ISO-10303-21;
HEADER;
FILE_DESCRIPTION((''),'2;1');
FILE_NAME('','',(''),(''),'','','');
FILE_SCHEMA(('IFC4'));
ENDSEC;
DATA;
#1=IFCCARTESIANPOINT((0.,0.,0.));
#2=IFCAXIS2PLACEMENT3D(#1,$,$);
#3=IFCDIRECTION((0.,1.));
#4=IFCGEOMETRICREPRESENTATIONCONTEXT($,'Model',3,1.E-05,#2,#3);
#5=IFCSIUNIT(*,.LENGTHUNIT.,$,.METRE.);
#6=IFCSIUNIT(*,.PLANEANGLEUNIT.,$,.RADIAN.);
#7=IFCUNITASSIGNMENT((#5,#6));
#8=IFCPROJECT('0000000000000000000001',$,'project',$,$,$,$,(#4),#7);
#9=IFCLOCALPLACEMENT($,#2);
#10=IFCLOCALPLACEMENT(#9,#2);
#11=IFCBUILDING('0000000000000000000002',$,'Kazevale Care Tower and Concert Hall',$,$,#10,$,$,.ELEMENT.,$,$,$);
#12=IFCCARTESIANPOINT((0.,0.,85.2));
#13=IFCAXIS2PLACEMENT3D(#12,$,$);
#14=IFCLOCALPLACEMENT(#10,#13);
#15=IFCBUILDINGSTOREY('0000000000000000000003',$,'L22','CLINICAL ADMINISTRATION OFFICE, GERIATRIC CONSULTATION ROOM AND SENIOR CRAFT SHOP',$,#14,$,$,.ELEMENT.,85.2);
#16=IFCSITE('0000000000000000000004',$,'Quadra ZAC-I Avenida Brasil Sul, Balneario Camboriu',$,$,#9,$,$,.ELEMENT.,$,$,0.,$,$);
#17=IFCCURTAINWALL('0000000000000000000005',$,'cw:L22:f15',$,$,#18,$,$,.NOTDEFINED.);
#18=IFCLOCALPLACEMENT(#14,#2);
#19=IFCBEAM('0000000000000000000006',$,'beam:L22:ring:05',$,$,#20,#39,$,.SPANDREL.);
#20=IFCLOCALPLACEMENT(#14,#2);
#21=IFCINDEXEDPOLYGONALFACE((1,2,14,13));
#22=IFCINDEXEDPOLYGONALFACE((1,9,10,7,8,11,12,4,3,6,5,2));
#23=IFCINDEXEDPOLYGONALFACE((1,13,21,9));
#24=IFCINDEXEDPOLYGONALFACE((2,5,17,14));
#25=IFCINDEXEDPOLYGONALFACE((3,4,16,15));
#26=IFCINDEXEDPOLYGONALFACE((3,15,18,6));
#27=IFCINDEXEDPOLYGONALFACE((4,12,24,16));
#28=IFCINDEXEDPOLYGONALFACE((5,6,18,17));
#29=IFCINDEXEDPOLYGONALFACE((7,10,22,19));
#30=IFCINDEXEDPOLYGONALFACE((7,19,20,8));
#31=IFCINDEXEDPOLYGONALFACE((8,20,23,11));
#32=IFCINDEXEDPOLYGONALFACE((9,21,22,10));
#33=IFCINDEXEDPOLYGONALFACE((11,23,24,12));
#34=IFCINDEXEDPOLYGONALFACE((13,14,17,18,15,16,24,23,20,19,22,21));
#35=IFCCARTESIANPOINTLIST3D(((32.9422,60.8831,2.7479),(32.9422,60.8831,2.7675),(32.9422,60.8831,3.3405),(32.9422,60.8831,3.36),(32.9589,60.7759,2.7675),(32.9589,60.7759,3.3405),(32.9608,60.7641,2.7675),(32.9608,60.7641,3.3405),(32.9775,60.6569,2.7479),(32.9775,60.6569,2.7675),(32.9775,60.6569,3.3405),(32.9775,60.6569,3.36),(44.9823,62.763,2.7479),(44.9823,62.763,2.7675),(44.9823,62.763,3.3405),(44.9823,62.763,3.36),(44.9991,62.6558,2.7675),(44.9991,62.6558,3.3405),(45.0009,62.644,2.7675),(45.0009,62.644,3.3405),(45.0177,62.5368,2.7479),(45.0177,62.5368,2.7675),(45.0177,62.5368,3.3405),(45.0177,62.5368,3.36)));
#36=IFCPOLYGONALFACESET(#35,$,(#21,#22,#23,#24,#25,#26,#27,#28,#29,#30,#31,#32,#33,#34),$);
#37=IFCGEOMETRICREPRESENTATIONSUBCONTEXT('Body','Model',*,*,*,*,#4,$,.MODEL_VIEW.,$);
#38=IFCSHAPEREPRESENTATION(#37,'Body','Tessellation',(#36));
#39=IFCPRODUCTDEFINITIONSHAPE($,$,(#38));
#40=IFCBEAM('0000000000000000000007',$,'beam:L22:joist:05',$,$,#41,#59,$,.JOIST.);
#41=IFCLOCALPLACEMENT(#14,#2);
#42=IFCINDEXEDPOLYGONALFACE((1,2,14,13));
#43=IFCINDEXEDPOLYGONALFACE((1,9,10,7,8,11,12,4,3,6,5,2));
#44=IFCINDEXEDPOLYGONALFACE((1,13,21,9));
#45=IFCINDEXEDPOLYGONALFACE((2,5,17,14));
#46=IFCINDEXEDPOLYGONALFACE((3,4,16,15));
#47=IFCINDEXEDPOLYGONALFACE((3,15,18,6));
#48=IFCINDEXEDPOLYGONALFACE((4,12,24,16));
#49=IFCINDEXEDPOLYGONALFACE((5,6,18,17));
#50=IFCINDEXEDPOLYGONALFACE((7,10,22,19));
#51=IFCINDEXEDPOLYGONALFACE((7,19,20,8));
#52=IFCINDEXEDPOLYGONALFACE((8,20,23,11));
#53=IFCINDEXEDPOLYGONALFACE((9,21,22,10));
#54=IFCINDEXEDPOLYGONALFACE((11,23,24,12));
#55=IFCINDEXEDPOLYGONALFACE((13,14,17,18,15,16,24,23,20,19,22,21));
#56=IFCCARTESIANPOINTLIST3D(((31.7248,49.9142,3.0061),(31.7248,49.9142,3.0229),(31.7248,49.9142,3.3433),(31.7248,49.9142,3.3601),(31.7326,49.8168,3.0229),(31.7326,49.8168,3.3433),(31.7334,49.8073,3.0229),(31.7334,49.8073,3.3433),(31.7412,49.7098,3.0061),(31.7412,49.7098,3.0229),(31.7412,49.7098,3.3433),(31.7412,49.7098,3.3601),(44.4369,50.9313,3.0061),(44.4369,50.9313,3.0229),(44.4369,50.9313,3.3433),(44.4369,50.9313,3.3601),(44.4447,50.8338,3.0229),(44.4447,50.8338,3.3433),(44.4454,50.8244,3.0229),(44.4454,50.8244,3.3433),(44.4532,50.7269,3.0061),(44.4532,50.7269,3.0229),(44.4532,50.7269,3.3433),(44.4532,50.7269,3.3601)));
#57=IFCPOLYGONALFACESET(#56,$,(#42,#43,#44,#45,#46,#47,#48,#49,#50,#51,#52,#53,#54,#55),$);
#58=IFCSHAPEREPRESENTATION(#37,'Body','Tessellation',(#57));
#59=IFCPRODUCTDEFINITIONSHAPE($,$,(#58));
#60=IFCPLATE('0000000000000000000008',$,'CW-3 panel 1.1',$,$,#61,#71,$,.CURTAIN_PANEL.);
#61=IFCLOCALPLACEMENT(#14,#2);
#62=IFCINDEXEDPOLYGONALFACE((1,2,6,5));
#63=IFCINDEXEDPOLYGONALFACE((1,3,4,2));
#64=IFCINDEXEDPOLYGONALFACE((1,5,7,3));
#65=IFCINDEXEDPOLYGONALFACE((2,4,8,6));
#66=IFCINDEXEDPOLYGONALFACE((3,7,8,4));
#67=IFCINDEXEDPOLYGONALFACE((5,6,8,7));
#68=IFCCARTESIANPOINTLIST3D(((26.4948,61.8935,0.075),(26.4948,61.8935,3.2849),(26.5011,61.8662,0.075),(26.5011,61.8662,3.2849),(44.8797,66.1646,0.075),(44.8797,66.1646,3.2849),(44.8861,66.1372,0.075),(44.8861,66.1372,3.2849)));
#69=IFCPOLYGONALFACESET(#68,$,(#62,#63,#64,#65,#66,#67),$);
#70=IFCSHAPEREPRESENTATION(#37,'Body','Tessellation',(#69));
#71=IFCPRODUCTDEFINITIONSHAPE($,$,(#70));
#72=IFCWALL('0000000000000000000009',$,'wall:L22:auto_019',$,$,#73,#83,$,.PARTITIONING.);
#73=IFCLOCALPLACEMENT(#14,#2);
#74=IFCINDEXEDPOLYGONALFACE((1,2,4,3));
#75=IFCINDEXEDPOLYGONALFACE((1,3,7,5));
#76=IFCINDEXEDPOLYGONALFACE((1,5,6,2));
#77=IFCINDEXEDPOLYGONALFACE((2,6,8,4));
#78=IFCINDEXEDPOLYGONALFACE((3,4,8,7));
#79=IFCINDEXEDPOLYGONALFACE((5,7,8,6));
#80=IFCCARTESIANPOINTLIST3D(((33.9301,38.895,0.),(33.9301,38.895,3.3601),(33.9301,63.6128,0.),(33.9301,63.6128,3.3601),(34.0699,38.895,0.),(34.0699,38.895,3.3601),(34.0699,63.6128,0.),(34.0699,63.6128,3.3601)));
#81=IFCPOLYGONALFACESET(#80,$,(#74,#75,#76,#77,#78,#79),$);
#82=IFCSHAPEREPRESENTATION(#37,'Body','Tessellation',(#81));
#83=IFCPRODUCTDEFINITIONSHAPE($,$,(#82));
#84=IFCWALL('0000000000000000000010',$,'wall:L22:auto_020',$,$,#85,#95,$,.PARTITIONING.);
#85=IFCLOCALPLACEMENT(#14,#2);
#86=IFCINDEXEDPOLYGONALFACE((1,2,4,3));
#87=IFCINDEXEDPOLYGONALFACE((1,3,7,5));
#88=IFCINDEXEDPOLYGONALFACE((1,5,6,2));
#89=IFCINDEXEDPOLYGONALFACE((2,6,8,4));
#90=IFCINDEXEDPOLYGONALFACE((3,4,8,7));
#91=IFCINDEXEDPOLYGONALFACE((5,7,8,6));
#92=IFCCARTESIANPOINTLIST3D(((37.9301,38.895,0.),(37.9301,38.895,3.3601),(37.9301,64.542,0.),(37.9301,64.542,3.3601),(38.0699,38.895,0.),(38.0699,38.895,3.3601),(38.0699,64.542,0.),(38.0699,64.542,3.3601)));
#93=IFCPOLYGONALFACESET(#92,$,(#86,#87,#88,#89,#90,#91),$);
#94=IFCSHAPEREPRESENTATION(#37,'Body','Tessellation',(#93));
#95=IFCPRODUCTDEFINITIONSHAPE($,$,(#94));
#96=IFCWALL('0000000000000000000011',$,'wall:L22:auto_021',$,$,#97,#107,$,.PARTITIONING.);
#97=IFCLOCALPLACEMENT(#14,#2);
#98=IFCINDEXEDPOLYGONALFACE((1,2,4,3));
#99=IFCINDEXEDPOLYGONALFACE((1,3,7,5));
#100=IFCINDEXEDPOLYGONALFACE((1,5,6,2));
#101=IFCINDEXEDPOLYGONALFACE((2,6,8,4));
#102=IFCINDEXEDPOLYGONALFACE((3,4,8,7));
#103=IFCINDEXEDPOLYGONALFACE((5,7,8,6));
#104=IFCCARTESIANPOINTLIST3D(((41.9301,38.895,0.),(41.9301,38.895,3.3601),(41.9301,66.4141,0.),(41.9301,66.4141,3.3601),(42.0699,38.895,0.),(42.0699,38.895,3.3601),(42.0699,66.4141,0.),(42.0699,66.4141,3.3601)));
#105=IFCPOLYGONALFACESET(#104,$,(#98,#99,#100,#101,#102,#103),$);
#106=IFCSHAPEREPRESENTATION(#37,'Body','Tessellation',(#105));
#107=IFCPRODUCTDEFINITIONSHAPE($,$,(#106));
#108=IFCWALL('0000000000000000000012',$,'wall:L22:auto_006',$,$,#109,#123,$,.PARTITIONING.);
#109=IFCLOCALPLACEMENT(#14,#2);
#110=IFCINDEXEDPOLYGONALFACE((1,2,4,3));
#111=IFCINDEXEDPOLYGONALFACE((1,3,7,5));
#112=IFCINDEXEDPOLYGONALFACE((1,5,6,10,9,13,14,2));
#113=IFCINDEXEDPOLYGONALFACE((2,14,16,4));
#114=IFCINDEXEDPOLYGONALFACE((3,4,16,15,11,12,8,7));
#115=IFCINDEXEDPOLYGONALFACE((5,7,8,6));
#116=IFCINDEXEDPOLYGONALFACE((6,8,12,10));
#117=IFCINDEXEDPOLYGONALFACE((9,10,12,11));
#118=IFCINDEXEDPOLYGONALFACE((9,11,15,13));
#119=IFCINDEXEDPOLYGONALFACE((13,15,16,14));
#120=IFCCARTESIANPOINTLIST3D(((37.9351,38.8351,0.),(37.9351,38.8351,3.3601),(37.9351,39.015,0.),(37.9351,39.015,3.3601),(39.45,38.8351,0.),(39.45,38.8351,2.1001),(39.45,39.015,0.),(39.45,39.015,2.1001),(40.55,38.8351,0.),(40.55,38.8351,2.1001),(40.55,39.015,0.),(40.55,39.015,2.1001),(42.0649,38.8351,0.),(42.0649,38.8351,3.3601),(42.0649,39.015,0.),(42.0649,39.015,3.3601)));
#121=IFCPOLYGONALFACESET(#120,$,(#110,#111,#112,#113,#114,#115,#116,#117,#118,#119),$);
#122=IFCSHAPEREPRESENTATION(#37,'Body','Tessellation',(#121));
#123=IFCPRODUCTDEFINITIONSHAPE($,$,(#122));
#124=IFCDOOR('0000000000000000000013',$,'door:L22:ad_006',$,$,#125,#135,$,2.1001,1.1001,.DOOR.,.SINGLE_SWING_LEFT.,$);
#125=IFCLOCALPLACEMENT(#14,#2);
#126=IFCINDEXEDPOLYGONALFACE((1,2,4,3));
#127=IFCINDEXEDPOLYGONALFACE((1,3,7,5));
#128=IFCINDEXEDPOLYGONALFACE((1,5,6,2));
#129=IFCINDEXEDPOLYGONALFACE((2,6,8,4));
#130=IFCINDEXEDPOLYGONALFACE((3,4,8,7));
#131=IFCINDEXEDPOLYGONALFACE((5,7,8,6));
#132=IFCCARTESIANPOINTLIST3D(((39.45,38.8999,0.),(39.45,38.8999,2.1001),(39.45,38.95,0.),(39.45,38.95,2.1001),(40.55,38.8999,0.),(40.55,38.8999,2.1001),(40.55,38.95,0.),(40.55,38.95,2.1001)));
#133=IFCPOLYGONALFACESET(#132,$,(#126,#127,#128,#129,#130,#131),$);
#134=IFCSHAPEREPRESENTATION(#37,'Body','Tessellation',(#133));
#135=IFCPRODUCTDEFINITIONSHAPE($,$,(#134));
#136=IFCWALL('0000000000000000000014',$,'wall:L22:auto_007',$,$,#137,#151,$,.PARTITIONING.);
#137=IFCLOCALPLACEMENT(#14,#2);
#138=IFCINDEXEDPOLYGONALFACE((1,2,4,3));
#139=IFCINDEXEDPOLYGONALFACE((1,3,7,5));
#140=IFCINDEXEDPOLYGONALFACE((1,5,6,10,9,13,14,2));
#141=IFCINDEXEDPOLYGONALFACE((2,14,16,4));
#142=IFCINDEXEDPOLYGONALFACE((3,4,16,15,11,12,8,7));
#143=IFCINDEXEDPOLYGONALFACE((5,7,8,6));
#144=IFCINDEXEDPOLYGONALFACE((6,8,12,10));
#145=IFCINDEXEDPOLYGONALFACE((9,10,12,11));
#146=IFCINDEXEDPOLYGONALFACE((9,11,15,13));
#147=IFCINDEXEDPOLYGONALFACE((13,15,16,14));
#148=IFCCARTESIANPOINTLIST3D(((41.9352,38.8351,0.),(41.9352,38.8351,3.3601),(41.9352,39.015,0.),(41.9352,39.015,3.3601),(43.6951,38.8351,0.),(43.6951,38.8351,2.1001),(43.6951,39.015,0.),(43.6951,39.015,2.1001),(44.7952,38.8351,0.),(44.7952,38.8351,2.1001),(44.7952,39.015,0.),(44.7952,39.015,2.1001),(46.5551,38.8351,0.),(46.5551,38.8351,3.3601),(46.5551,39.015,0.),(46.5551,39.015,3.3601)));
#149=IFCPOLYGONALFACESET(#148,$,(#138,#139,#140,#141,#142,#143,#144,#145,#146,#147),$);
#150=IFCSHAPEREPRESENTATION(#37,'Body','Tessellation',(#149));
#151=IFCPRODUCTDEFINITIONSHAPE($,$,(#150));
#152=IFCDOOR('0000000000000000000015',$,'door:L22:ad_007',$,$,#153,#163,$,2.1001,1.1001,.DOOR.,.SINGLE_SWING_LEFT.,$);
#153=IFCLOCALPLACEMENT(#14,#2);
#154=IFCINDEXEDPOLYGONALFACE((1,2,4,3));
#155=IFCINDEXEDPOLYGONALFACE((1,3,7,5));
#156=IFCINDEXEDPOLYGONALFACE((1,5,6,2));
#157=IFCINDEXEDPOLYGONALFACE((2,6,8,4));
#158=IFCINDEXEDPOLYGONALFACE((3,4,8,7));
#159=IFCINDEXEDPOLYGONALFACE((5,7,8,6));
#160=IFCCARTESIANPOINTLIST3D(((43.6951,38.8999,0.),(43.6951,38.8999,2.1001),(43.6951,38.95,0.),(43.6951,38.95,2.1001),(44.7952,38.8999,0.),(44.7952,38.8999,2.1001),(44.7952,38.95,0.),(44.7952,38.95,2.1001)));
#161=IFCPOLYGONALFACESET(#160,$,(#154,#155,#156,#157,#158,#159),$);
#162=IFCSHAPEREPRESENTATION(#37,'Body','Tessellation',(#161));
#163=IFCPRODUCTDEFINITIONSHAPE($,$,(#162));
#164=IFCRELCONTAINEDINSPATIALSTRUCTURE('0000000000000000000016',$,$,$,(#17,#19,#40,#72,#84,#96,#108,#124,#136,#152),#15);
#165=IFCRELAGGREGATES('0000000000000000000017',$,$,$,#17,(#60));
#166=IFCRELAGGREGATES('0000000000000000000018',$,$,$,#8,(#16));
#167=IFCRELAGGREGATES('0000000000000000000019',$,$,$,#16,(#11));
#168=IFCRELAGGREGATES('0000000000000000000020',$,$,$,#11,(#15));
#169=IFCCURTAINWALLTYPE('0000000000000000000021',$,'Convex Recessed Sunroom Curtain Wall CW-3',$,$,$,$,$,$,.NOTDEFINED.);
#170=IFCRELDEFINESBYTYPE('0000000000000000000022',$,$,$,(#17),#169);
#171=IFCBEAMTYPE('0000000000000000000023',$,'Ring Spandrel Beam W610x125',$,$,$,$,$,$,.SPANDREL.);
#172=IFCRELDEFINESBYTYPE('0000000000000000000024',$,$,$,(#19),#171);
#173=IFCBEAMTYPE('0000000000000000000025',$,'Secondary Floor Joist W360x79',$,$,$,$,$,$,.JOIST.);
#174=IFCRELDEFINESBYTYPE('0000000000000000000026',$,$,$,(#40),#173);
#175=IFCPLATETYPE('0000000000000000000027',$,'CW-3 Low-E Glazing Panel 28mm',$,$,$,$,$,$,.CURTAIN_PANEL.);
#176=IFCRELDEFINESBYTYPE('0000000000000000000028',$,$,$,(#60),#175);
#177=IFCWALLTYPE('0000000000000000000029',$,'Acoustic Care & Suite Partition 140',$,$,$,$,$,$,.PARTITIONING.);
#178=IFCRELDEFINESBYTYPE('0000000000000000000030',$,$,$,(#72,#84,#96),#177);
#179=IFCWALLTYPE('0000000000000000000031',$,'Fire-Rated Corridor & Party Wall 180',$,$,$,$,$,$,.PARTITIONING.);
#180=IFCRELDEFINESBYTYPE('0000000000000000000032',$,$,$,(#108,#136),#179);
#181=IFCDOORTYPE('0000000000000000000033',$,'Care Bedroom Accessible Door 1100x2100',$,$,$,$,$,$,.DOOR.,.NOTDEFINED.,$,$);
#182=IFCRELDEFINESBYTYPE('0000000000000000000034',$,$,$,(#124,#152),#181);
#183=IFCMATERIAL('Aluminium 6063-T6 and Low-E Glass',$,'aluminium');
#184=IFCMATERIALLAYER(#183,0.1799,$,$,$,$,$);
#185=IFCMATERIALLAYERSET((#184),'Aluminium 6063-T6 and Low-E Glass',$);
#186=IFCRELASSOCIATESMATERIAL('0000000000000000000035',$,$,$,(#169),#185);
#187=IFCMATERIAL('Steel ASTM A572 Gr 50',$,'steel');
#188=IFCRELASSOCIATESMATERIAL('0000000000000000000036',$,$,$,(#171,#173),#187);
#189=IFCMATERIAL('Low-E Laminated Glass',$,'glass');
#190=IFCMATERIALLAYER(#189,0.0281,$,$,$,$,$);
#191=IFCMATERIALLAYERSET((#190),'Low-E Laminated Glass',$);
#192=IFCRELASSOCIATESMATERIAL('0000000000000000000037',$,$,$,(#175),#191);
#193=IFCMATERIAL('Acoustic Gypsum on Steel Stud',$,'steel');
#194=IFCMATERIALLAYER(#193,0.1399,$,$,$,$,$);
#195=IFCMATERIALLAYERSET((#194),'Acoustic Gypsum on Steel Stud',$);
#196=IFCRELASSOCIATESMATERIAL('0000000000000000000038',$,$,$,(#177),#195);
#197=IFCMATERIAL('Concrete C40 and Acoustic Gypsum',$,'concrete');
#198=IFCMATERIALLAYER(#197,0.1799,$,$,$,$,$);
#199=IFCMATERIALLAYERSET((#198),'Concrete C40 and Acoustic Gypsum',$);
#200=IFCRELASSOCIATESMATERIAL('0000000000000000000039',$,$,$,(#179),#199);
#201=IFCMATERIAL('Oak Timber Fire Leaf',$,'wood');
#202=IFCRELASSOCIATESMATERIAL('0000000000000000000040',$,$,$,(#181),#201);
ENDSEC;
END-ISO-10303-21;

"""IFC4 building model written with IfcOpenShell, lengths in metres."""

from ifc_helpers import new_model, si_unit, direction, frame, frame_2d, origin, origin_2d, place, context, subcontext, project, spatial, rectangle, i_section, extrude, material, layer, layer_set, material_profile, profile_set, type_object, element, fill, aggregate, save


model = new_model("IFC4")

# Units and contexts
model_context = context("Model", 3, precision=1e-05, world=origin(), true_north=direction((0.0, 1.0)))
body_context = subcontext(model_context, "Body", "Model", "MODEL_VIEW")
ifc_project = project(units=[si_unit("LENGTHUNIT", "METRE"), si_unit("PLANEANGLEUNIT", "RADIAN")], contexts=[model_context])

# Site, building, storey
site_placement = place(None, origin())
site = spatial("IfcSite", under=ifc_project, at=site_placement, Name="Quadra ZAC-I Avenida Brasil Sul, Balneario Camboriu", CompositionType="ELEMENT", RefElevation=0.0)
building_placement = place(site_placement, origin())
building = spatial("IfcBuilding", under=site, at=building_placement, Name="Kazevale Care Tower and Concert Hall", CompositionType="ELEMENT")
storey_placement = place(building_placement, frame((0.0, 0.0, 85.2)))
storey = spatial("IfcBuildingStorey", under=building, at=storey_placement, Name="L22", Description="CLINICAL ADMINISTRATION OFFICE, GERIATRIC CONSULTATION ROOM AND SENIOR CRAFT SHOP", CompositionType="ELEMENT", Elevation=85.2)

# Shared definitions
ifc_material_1 = material(Name="Aluminium 6063-T6 and Low-E Glass", Category="aluminium")

# Curtain wall
ifc_layer_1 = layer(ifc_material_1, 0.1799)
ifc_layer_set_1 = layer_set([ifc_layer_1], Name="Aluminium 6063-T6 and Low-E Glass")
curtain_wall_type_1 = type_object("IfcCurtainWallType", Name="Convex Recessed Sunroom Curtain Wall CW-3", PredefinedType="NOTDEFINED", material=ifc_layer_set_1)
curtain_wall_1_placement = place(storey_placement, origin())
curtain_wall_1 = element("IfcCurtainWall", 1, at=curtain_wall_1_placement, inside=storey, type_object=curtain_wall_type_1, Name="cw:L22:f15", PredefinedType="NOTDEFINED")

# Beams
ifc_material_2 = material(Name="Steel ASTM A572 Gr 50", Category="steel")
ifc_material_profile_1 = material_profile(ifc_material_2, i_section(OverallWidth=0.229, OverallDepth=0.6121, WebThickness=0.012, FlangeThickness=0.0195, at=origin_2d()), Name="W610x125")
ifc_profile_set_1 = profile_set([ifc_material_profile_1], Name="Steel ASTM A572 Gr 50")
beam_type_1 = type_object("IfcBeamType", Name="Ring Spandrel Beam W610x125", PredefinedType="SPANDREL", material=ifc_profile_set_1)
beam_1_placement = place(storey_placement, frame((45.0, 62.6499, 3.054), z_axis=(-0.988029, -0.154267, 0.0), x_axis=(0.154267, -0.988029, 0.0)))
element("IfcBeam", 2, at=beam_1_placement, inside=storey, type_object=beam_type_1, Name="beam:L22:ring:05", PredefinedType="SPANDREL", context=body_context, shape_type="SweptSolid", body=[
    extrude(i_section(OverallWidth=0.229, OverallDepth=0.6121, WebThickness=0.012, FlangeThickness=0.0195, at=origin_2d()), origin(), (0.0, 0.0, 1.0), 12.186),
])
ifc_material_profile_2 = material_profile(ifc_material_2, i_section(OverallWidth=0.2051, OverallDepth=0.354, WebThickness=0.0095, FlangeThickness=0.0168, at=origin_2d()), Name="W360x79")
ifc_profile_set_2 = profile_set([ifc_material_profile_2], Name="Steel ASTM A572 Gr 50")
beam_type_2 = type_object("IfcBeamType", Name="Secondary Floor Joist W360x79", PredefinedType="JOIST", material=ifc_profile_set_2)
beam_2_placement = place(storey_placement, frame((44.4451, 50.8291, 3.1831), z_axis=(-0.996815, -0.079754, 0.0), x_axis=(0.079754, -0.996815, 0.0)))
element("IfcBeam", 3, at=beam_2_placement, inside=storey, type_object=beam_type_2, Name="beam:L22:joist:05", PredefinedType="JOIST", context=body_context, shape_type="SweptSolid", body=[
    extrude(i_section(OverallWidth=0.2051, OverallDepth=0.354, WebThickness=0.0095, FlangeThickness=0.0168, at=origin_2d()), origin(), (0.0, 0.0, 1.0), 12.7527),
])

# Plate
ifc_material_3 = material(Name="Low-E Laminated Glass", Category="glass")
ifc_layer_2 = layer(ifc_material_3, 0.0281)
ifc_layer_set_2 = layer_set([ifc_layer_2], Name="Low-E Laminated Glass")
plate_type = type_object("IfcPlateType", Name="CW-3 Low-E Glazing Panel 28mm", PredefinedType="CURTAIN_PANEL", material=ifc_layer_set_2)
plate_placement = place(storey_placement, frame((35.6904, 64.0154, 0.075), z_axis=(0.0, 0.0, 1.0), x_axis=(0.974061, 0.226287, 0.0)))
plate = element("IfcPlate", 4, at=plate_placement, type_object=plate_type, Name="CW-3 panel 1.1", PredefinedType="CURTAIN_PANEL", context=body_context, shape_type="SweptSolid", body=[
    extrude(rectangle(XDim=18.8745, YDim=0.0281, at=origin_2d()), origin(), (0.0, 0.0, 1.0), 3.21),
])
aggregate(curtain_wall_1, [plate])

# Walls
ifc_material_4 = material(Name="Acoustic Gypsum on Steel Stud", Category="steel")
ifc_layer_3 = layer(ifc_material_4, 0.1399)
ifc_layer_set_3 = layer_set([ifc_layer_3], Name="Acoustic Gypsum on Steel Stud")
wall_type_1 = type_object("IfcWallType", Name="Acoustic Care & Suite Partition 140", PredefinedType="PARTITIONING", material=ifc_layer_set_3)
wall_1_placement = place(storey_placement, frame((34.0, 63.6128, 0.0), z_axis=(0.0, 0.0, 1.0), x_axis=(0.0, -1.0, 0.0)))
element("IfcWall", 5, at=wall_1_placement, inside=storey, type_object=wall_type_1, Name="wall:L22:auto_019", PredefinedType="PARTITIONING", context=body_context, shape_type="SweptSolid", body=[
    extrude(rectangle(XDim=24.7178, YDim=0.1399, at=frame_2d((12.3589, 0.0))), origin(), (0.0, 0.0, 1.0), 3.3601),
])
wall_2_placement = place(storey_placement, frame((38.0, 64.542, 0.0), z_axis=(0.0, 0.0, 1.0), x_axis=(0.0, -1.0, 0.0)))
element("IfcWall", 6, at=wall_2_placement, inside=storey, type_object=wall_type_1, Name="wall:L22:auto_020", PredefinedType="PARTITIONING", context=body_context, shape_type="SweptSolid", body=[
    extrude(rectangle(XDim=25.647, YDim=0.1399, at=frame_2d((12.8235, 0.0))), origin(), (0.0, 0.0, 1.0), 3.3601),
])
wall_3_placement = place(storey_placement, frame((42.0, 66.4141, 0.0), z_axis=(0.0, 0.0, 1.0), x_axis=(0.0, -1.0, 0.0)))
element("IfcWall", 7, at=wall_3_placement, inside=storey, type_object=wall_type_1, Name="wall:L22:auto_021", PredefinedType="PARTITIONING", context=body_context, shape_type="SweptSolid", body=[
    extrude(rectangle(XDim=27.519, YDim=0.1399, at=frame_2d((13.7595, 0.0))), origin(), (0.0, 0.0, 1.0), 3.3601),
])

# Walls, openings, doors
ifc_material_5 = material(Name="Concrete C40 and Acoustic Gypsum", Category="concrete")
ifc_layer_4 = layer(ifc_material_5, 0.1799)
ifc_layer_set_4 = layer_set([ifc_layer_4], Name="Concrete C40 and Acoustic Gypsum")
wall_type_2 = type_object("IfcWallType", Name="Fire-Rated Corridor & Party Wall 180", PredefinedType="PARTITIONING", material=ifc_layer_set_4)
wall_4_placement = place(storey_placement, frame((37.9351, 38.925, 0.0), z_axis=(0.0, 0.0, 1.0), x_axis=(1.0, 0.0, 0.0)))
wall_4 = element("IfcWall", 8, at=wall_4_placement, inside=storey, type_object=wall_type_2, Name="wall:L22:auto_006", PredefinedType="PARTITIONING", context=body_context, shape_type="SweptSolid", body=[
    extrude(rectangle(XDim=4.1299, YDim=0.1799, at=frame_2d((2.0649, 0.0))), origin(), (0.0, 0.0, 1.0), 3.3601),
])
opening_1_placement = place(wall_4_placement, frame((1.5149, 0.0, 0.0)))
opening_1 = element("IfcOpeningElement", 9, at=opening_1_placement, cuts=wall_4, PredefinedType="OPENING", context=body_context, shape_type="SweptSolid", body=[
    extrude(rectangle(XDim=1.1001, YDim=2.1001, at=frame_2d((0.55, 1.05))), frame((0.0, 0.0999, 0.0), z_axis=(0.0, -1.0, 0.0), x_axis=(1.0, 0.0, 0.0)), (0.0, 0.0, 1.0), 0.2),
])
ifc_material_6 = material(Name="Oak Timber Fire Leaf", Category="wood")
door_type = type_object("IfcDoorType", Name="Care Bedroom Accessible Door 1100x2100", OperationType="NOTDEFINED", PredefinedType="DOOR", material=ifc_material_6)
door_1_placement = place(opening_1_placement, origin())
door_1 = element("IfcDoor", 10, at=door_1_placement, inside=storey, type_object=door_type, Name="door:L22:ad_006", OperationType="SINGLE_SWING_LEFT", OverallHeight=2.1001, OverallWidth=1.1001, PredefinedType="DOOR", context=body_context, shape_type="SweptSolid", body=[
    extrude(rectangle(XDim=1.1001, YDim=2.1001, at=frame_2d((0.55, 1.05))), frame((0.0, 0.0249, 0.0), z_axis=(0.0, -1.0, 0.0), x_axis=(1.0, 0.0, 0.0)), (0.0, 0.0, 1.0), 0.05),
])
fill(opening_1, door_1)
wall_5_placement = place(storey_placement, frame((41.9351, 38.925, 0.0), z_axis=(0.0, 0.0, 1.0), x_axis=(1.0, 0.0, 0.0)))
wall_5 = element("IfcWall", 11, at=wall_5_placement, inside=storey, type_object=wall_type_2, Name="wall:L22:auto_007", PredefinedType="PARTITIONING", context=body_context, shape_type="SweptSolid", body=[
    extrude(rectangle(XDim=4.6199, YDim=0.1799, at=frame_2d((2.3101, 0.0))), origin(), (0.0, 0.0, 1.0), 3.3601),
])
opening_2_placement = place(wall_5_placement, frame((1.76, 0.0, 0.0)))
opening_2 = element("IfcOpeningElement", 12, at=opening_2_placement, cuts=wall_5, PredefinedType="OPENING", context=body_context, shape_type="SweptSolid", body=[
    extrude(rectangle(XDim=1.1001, YDim=2.1001, at=frame_2d((0.55, 1.05))), frame((0.0, 0.0999, 0.0), z_axis=(0.0, -1.0, 0.0), x_axis=(1.0, 0.0, 0.0)), (0.0, 0.0, 1.0), 0.2),
])
door_2_placement = place(opening_2_placement, origin())
door_2 = element("IfcDoor", 13, at=door_2_placement, inside=storey, type_object=door_type, Name="door:L22:ad_007", OperationType="SINGLE_SWING_LEFT", OverallHeight=2.1001, OverallWidth=1.1001, PredefinedType="DOOR", context=body_context, shape_type="SweptSolid", body=[
    extrude(rectangle(XDim=1.1001, YDim=2.1001, at=frame_2d((0.55, 1.05))), frame((0.0, 0.0249, 0.0), z_axis=(0.0, -1.0, 0.0), x_axis=(1.0, 0.0, 0.0)), (0.0, 0.0, 1.0), 0.05),
])
fill(opening_2, door_2)

save(model, "model.ifc")
